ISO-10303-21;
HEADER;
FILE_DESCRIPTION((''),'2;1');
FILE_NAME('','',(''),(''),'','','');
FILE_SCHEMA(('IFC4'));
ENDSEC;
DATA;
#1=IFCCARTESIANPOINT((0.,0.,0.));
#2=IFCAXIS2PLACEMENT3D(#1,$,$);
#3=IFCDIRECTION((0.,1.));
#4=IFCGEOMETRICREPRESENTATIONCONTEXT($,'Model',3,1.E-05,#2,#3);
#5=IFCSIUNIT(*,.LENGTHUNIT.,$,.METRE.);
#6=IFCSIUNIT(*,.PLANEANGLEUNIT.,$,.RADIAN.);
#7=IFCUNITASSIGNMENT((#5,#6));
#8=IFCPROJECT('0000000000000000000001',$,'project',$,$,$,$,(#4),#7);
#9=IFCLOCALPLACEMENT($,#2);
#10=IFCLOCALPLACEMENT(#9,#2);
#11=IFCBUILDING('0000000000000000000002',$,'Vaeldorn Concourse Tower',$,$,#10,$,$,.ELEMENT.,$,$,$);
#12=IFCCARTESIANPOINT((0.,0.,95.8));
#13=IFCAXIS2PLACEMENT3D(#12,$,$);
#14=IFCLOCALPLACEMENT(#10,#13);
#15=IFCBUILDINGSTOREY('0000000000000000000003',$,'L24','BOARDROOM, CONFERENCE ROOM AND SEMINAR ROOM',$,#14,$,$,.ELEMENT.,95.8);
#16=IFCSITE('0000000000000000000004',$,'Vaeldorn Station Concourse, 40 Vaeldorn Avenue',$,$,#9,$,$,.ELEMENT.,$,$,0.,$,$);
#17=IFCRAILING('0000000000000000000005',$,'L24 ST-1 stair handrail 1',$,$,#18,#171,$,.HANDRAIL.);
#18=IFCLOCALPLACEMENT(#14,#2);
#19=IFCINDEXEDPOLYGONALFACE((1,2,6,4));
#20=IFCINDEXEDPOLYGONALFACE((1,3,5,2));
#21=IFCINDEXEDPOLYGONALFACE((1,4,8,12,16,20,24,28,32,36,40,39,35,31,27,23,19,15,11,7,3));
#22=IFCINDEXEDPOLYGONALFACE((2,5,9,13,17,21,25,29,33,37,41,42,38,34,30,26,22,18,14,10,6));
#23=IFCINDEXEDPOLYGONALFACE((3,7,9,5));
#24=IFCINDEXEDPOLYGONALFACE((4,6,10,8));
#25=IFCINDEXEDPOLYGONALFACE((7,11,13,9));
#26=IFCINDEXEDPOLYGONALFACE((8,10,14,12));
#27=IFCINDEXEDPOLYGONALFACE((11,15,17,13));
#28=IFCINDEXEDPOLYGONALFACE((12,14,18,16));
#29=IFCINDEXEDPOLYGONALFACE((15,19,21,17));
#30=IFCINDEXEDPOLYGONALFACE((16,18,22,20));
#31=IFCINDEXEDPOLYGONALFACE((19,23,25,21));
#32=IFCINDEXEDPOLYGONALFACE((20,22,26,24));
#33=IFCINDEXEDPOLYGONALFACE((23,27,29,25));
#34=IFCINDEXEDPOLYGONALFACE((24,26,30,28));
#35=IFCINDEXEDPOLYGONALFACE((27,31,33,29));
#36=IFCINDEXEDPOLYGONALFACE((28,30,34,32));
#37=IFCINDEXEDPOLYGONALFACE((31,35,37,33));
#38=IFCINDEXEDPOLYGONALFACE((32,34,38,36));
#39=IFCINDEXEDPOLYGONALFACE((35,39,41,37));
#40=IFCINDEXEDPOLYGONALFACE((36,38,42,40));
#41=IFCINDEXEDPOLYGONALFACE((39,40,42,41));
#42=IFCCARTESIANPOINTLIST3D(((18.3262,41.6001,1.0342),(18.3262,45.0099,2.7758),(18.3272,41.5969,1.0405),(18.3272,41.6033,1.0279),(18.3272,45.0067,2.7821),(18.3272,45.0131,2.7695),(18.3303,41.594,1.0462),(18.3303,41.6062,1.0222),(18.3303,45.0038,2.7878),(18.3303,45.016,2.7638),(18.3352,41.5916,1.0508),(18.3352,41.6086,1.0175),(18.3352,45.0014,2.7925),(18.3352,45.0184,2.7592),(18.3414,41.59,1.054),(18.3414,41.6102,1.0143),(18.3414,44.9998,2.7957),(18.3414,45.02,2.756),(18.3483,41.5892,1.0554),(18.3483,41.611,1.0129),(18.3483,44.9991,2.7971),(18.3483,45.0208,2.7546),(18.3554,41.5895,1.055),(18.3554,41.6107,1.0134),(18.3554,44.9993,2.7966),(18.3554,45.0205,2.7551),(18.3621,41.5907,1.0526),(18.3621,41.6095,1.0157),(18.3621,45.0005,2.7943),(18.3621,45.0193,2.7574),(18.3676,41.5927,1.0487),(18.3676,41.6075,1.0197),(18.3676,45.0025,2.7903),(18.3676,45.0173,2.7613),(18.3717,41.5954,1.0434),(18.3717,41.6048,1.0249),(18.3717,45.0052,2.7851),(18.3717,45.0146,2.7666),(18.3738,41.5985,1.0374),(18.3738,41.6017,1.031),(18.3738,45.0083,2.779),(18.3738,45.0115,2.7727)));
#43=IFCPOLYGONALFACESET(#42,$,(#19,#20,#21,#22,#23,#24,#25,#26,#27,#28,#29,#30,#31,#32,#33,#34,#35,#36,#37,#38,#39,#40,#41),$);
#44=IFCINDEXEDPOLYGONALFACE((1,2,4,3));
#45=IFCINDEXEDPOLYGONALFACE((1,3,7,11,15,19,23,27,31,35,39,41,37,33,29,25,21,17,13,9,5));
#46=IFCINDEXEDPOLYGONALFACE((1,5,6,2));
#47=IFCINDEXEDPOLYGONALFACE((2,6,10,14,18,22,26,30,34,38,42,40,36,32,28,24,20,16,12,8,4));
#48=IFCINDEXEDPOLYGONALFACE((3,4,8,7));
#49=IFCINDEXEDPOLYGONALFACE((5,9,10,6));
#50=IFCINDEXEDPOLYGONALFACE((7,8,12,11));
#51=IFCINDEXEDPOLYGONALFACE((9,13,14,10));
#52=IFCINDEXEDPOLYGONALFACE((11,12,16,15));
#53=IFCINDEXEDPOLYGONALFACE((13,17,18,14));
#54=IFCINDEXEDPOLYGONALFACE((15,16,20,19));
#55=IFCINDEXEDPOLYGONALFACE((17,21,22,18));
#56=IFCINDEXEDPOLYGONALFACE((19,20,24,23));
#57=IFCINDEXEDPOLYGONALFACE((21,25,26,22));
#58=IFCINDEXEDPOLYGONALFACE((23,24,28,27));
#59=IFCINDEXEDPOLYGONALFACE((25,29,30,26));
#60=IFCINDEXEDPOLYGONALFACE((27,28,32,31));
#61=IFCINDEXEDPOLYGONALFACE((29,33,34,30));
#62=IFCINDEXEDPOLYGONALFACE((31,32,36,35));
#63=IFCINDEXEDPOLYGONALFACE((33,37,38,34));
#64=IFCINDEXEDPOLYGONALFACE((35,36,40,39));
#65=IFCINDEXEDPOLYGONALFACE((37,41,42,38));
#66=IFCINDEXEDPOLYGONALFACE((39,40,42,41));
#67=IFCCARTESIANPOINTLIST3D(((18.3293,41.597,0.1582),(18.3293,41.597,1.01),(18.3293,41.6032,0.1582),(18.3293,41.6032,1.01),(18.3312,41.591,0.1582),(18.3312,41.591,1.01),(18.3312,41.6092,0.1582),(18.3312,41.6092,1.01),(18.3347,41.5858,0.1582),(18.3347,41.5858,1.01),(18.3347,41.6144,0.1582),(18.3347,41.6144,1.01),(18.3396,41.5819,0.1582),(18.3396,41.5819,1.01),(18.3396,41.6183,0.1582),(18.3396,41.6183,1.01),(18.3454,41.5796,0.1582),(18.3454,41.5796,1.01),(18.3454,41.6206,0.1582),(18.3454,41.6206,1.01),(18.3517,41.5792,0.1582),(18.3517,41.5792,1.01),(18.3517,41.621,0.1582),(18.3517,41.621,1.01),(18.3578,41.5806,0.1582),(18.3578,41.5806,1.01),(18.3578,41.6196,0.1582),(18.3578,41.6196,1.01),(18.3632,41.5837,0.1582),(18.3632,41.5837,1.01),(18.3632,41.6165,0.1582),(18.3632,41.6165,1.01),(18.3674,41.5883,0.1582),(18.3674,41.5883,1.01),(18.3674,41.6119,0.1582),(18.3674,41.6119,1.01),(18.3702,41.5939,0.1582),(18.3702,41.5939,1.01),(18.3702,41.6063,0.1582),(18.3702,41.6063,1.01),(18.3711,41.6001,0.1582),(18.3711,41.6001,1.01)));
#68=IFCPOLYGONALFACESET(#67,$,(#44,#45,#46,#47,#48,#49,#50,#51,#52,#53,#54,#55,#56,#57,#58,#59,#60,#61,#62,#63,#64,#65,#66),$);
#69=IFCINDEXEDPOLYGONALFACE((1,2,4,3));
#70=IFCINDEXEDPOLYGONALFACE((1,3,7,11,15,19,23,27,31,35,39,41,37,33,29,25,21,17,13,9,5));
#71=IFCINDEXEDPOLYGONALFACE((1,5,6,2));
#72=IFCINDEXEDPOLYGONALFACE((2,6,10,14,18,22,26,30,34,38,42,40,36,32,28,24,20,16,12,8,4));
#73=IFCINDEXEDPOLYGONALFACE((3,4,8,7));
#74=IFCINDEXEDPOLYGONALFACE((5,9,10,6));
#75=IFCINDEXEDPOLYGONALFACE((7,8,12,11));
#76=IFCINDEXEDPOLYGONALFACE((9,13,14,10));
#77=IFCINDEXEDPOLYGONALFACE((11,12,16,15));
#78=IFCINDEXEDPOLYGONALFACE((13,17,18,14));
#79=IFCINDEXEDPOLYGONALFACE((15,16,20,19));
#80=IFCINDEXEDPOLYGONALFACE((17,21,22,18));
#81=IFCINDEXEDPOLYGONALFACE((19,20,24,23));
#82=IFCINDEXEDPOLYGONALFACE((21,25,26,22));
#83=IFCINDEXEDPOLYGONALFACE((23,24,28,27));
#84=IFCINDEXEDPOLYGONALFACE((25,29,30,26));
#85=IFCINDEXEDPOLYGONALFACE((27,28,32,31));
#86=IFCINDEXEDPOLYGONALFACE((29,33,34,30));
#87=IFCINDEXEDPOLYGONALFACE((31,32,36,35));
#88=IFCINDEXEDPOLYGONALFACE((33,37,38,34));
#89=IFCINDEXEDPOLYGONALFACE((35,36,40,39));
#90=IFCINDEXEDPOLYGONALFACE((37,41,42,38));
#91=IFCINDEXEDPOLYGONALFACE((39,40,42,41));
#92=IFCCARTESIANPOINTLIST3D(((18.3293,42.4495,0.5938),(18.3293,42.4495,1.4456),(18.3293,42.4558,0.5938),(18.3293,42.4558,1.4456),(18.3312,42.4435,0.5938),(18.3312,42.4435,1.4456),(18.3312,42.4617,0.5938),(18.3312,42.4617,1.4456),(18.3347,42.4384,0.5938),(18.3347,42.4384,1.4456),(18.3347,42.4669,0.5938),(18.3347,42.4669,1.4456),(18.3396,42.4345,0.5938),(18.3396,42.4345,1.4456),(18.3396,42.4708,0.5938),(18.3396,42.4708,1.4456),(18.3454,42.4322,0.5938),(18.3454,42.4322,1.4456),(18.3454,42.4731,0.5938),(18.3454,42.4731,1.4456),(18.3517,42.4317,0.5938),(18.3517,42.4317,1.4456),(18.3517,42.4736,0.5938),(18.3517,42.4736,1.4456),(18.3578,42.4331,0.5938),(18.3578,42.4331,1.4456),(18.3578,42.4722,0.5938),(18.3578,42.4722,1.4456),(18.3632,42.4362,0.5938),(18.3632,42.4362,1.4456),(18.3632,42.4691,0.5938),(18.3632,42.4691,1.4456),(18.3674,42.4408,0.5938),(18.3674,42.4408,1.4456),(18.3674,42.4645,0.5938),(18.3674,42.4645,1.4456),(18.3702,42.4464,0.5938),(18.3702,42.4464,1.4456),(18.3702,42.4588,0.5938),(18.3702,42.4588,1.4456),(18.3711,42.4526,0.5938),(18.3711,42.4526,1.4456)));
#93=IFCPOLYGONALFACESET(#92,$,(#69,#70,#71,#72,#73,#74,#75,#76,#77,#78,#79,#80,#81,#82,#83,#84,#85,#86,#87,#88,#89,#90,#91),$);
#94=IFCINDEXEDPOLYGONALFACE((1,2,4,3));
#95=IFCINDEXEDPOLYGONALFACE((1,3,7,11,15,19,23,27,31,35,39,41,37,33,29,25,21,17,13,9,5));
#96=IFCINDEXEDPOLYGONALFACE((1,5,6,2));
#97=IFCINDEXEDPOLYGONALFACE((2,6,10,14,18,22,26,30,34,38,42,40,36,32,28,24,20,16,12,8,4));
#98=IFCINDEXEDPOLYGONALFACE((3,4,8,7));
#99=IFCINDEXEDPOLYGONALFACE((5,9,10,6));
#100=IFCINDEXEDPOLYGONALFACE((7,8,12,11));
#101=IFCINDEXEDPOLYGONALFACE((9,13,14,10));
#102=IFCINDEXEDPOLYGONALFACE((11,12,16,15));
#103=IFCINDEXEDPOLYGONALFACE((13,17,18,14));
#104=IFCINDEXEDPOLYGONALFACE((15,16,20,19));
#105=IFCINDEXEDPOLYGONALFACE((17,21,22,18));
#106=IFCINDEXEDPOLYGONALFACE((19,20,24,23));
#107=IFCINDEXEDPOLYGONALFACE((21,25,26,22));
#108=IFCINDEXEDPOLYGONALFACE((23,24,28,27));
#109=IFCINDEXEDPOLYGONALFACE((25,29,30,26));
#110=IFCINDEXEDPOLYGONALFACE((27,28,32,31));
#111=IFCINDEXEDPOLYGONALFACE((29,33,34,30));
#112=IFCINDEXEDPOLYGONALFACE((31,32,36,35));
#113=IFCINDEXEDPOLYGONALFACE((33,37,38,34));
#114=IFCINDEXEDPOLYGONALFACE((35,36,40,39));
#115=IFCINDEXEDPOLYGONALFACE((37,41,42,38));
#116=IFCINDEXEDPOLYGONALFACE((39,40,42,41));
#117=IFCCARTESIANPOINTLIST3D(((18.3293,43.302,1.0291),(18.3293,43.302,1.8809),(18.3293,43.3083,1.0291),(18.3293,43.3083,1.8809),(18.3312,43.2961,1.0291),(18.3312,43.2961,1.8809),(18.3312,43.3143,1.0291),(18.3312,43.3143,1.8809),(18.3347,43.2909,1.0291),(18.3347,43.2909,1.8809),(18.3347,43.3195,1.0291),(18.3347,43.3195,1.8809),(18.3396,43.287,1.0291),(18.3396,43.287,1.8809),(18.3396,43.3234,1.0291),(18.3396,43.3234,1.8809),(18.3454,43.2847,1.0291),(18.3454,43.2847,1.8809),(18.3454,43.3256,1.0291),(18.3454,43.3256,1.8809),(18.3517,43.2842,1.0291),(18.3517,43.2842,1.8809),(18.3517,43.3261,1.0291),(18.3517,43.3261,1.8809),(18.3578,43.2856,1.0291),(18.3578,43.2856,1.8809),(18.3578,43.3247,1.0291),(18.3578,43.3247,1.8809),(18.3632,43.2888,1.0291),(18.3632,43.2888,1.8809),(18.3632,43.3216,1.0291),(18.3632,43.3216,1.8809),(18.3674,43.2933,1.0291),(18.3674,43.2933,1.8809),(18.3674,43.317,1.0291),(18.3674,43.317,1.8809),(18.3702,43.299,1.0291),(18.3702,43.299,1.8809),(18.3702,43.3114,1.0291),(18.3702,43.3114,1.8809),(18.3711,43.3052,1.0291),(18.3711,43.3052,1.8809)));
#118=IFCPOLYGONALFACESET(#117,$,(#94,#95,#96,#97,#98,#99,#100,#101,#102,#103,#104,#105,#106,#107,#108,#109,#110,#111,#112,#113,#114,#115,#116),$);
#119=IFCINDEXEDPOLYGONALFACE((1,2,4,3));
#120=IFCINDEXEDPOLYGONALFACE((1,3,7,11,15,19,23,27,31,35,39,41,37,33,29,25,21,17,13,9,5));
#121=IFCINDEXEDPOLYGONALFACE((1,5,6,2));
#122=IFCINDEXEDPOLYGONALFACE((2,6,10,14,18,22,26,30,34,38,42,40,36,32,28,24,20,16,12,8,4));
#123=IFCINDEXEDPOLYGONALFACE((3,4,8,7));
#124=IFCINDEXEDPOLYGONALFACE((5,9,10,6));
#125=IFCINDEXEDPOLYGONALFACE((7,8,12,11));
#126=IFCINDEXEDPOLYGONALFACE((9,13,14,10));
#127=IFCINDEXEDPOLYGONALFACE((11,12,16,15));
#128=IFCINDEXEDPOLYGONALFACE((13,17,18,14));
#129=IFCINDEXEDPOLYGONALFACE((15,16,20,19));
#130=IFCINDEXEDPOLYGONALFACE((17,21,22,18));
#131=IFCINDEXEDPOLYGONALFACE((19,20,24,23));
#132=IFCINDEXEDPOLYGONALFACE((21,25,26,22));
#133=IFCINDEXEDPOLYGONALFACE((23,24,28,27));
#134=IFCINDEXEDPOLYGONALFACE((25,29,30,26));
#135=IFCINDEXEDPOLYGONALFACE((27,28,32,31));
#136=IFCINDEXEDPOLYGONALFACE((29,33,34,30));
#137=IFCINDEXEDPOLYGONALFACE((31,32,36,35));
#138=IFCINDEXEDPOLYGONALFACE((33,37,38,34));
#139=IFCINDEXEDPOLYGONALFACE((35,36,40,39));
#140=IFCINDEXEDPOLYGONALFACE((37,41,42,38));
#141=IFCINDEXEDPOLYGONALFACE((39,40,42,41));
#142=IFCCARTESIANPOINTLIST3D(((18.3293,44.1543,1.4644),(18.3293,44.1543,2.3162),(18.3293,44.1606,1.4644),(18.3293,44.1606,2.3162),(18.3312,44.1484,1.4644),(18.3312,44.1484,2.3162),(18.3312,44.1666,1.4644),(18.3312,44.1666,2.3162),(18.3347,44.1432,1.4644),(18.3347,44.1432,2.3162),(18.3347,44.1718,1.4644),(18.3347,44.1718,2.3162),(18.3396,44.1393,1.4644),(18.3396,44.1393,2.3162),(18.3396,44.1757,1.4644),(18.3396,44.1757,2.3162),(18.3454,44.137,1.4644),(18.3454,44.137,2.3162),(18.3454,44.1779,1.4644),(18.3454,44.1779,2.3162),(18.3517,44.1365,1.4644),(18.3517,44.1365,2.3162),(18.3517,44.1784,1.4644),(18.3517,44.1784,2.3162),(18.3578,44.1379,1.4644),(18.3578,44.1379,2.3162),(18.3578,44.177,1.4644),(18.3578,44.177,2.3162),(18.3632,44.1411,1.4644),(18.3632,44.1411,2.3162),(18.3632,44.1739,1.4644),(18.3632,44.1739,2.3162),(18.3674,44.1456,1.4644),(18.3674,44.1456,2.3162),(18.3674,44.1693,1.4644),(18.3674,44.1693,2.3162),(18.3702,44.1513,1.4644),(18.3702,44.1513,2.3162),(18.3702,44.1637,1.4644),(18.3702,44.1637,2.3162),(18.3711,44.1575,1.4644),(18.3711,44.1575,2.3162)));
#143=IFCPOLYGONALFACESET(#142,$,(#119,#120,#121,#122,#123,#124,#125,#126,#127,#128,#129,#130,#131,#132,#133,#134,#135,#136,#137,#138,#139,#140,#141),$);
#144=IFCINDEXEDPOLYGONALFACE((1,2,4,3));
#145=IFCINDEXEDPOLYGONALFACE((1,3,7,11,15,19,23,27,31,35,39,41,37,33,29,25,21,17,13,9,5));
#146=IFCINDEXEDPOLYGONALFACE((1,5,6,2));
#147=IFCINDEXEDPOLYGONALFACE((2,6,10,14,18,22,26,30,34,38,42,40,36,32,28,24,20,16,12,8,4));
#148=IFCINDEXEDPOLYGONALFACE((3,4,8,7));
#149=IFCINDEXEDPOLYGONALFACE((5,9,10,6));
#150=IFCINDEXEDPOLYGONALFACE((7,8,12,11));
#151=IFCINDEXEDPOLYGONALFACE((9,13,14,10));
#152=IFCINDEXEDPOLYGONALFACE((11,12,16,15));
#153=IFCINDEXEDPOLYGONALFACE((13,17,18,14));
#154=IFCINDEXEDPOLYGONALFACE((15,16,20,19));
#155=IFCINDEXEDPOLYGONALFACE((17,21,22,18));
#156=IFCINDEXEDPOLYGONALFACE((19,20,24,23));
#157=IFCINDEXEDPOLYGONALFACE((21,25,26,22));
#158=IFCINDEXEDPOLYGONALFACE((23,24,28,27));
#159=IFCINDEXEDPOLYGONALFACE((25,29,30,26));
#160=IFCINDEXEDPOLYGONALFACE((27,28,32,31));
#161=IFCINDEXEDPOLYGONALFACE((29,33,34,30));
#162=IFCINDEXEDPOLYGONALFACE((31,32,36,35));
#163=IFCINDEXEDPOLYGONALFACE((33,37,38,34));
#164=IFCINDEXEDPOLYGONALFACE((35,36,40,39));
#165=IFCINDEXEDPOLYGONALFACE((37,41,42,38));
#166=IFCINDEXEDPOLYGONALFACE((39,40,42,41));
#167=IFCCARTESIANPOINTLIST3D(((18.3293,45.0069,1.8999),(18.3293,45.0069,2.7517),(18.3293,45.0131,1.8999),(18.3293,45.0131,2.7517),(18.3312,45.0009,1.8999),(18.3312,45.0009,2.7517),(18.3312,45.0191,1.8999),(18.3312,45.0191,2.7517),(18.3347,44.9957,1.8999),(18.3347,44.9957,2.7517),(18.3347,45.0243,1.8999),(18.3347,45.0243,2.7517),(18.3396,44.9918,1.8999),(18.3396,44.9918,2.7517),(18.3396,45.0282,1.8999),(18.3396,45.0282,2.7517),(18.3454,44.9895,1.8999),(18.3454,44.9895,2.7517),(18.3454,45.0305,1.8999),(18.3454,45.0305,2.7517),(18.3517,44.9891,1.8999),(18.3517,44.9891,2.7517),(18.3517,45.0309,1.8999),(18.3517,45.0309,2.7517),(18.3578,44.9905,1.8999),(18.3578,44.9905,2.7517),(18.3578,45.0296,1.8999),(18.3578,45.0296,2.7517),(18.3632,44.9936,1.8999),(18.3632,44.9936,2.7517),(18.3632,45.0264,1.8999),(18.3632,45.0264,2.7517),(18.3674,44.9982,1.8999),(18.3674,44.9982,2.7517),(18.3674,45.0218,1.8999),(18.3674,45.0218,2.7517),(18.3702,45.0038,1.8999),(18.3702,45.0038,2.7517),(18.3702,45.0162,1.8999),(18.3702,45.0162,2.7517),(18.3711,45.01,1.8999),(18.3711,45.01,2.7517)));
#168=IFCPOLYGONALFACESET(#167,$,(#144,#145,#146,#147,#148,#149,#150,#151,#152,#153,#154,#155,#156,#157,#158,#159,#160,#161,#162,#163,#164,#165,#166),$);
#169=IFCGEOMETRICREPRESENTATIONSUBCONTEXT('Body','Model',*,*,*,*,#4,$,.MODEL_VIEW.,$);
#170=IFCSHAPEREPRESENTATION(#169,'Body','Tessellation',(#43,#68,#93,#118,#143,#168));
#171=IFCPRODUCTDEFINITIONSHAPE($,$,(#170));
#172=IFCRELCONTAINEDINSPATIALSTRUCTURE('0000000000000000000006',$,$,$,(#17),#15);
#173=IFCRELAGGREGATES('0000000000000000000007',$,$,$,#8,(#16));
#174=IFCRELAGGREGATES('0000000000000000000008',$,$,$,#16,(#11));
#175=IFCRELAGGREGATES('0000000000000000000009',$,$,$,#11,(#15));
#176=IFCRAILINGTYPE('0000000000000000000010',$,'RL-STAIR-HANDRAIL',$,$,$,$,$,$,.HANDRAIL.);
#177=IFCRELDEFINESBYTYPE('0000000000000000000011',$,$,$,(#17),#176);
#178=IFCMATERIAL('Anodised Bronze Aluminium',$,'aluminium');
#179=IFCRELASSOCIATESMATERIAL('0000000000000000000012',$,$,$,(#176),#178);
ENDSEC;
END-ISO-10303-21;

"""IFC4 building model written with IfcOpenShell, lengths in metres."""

from ifc_helpers import new_model, si_unit, direction, frame, origin, origin_2d, place, context, subcontext, project, spatial, circle, extrude, material, type_object, element, save


model = new_model("IFC4")

# Units and contexts
model_context = context("Model", 3, precision=1e-05, world=origin(), true_north=direction((0.0, 1.0)))
body_context = subcontext(model_context, "Body", "Model", "MODEL_VIEW")
ifc_project = project(units=[si_unit("LENGTHUNIT", "METRE"), si_unit("PLANEANGLEUNIT", "RADIAN")], contexts=[model_context])

# Site, building, storey
site_placement = place(None, origin())
site = spatial("IfcSite", under=ifc_project, at=site_placement, Name="Vaeldorn Station Concourse, 40 Vaeldorn Avenue", CompositionType="ELEMENT", RefElevation=0.0)
building_placement = place(site_placement, origin())
building = spatial("IfcBuilding", under=site, at=building_placement, Name="Vaeldorn Concourse Tower", CompositionType="ELEMENT")
storey_placement = place(building_placement, frame((0.0, 0.0, 95.8)))
storey = spatial("IfcBuildingStorey", under=building, at=storey_placement, Name="L24", Description="BOARDROOM, CONFERENCE ROOM AND SEMINAR ROOM", CompositionType="ELEMENT", Elevation=95.8)

# Shared definitions
ifc_material_1 = material(Name="Anodised Bronze Aluminium", Category="aluminium")

# Railing
railing_type_1 = type_object("IfcRailingType", Name="RL-STAIR-HANDRAIL", PredefinedType="HANDRAIL", material=ifc_material_1)
railing_1_placement = place(storey_placement, frame((18.3501, 41.6001, 0.1582)))
element("IfcRailing", 1, at=railing_1_placement, inside=storey, type_object=railing_type_1, Name="L24 ST-1 stair handrail 1", PredefinedType="HANDRAIL", context=body_context, shape_type="SweptSolid", body=[
    extrude(circle(Radius=0.0239, at=origin_2d()), frame((0.0, 0.0, 0.876), z_axis=(0.0, 0.890556, 0.454874), x_axis=(-1.0, 0.0, 0.0)), (0.0, 0.0, 1.0), 3.8289),
    extrude(circle(Radius=0.021, at=origin_2d()), origin(), (0.0, 0.0, 1.0), 0.8518),
    extrude(circle(Radius=0.021, at=origin_2d()), frame((0.0, 0.8525, 0.4355)), (0.0, 0.0, 1.0), 0.8518),
    extrude(circle(Radius=0.021, at=origin_2d()), frame((0.0, 1.7051, 0.8708)), (0.0, 0.0, 1.0), 0.8518),
    extrude(circle(Radius=0.021, at=origin_2d()), frame((0.0, 2.5574, 1.3062)), (0.0, 0.0, 1.0), 0.8518),
    extrude(circle(Radius=0.021, at=origin_2d()), frame((0.0, 3.4099, 1.7417)), (0.0, 0.0, 1.0), 0.8518),
])

save(model, "model.ifc")
